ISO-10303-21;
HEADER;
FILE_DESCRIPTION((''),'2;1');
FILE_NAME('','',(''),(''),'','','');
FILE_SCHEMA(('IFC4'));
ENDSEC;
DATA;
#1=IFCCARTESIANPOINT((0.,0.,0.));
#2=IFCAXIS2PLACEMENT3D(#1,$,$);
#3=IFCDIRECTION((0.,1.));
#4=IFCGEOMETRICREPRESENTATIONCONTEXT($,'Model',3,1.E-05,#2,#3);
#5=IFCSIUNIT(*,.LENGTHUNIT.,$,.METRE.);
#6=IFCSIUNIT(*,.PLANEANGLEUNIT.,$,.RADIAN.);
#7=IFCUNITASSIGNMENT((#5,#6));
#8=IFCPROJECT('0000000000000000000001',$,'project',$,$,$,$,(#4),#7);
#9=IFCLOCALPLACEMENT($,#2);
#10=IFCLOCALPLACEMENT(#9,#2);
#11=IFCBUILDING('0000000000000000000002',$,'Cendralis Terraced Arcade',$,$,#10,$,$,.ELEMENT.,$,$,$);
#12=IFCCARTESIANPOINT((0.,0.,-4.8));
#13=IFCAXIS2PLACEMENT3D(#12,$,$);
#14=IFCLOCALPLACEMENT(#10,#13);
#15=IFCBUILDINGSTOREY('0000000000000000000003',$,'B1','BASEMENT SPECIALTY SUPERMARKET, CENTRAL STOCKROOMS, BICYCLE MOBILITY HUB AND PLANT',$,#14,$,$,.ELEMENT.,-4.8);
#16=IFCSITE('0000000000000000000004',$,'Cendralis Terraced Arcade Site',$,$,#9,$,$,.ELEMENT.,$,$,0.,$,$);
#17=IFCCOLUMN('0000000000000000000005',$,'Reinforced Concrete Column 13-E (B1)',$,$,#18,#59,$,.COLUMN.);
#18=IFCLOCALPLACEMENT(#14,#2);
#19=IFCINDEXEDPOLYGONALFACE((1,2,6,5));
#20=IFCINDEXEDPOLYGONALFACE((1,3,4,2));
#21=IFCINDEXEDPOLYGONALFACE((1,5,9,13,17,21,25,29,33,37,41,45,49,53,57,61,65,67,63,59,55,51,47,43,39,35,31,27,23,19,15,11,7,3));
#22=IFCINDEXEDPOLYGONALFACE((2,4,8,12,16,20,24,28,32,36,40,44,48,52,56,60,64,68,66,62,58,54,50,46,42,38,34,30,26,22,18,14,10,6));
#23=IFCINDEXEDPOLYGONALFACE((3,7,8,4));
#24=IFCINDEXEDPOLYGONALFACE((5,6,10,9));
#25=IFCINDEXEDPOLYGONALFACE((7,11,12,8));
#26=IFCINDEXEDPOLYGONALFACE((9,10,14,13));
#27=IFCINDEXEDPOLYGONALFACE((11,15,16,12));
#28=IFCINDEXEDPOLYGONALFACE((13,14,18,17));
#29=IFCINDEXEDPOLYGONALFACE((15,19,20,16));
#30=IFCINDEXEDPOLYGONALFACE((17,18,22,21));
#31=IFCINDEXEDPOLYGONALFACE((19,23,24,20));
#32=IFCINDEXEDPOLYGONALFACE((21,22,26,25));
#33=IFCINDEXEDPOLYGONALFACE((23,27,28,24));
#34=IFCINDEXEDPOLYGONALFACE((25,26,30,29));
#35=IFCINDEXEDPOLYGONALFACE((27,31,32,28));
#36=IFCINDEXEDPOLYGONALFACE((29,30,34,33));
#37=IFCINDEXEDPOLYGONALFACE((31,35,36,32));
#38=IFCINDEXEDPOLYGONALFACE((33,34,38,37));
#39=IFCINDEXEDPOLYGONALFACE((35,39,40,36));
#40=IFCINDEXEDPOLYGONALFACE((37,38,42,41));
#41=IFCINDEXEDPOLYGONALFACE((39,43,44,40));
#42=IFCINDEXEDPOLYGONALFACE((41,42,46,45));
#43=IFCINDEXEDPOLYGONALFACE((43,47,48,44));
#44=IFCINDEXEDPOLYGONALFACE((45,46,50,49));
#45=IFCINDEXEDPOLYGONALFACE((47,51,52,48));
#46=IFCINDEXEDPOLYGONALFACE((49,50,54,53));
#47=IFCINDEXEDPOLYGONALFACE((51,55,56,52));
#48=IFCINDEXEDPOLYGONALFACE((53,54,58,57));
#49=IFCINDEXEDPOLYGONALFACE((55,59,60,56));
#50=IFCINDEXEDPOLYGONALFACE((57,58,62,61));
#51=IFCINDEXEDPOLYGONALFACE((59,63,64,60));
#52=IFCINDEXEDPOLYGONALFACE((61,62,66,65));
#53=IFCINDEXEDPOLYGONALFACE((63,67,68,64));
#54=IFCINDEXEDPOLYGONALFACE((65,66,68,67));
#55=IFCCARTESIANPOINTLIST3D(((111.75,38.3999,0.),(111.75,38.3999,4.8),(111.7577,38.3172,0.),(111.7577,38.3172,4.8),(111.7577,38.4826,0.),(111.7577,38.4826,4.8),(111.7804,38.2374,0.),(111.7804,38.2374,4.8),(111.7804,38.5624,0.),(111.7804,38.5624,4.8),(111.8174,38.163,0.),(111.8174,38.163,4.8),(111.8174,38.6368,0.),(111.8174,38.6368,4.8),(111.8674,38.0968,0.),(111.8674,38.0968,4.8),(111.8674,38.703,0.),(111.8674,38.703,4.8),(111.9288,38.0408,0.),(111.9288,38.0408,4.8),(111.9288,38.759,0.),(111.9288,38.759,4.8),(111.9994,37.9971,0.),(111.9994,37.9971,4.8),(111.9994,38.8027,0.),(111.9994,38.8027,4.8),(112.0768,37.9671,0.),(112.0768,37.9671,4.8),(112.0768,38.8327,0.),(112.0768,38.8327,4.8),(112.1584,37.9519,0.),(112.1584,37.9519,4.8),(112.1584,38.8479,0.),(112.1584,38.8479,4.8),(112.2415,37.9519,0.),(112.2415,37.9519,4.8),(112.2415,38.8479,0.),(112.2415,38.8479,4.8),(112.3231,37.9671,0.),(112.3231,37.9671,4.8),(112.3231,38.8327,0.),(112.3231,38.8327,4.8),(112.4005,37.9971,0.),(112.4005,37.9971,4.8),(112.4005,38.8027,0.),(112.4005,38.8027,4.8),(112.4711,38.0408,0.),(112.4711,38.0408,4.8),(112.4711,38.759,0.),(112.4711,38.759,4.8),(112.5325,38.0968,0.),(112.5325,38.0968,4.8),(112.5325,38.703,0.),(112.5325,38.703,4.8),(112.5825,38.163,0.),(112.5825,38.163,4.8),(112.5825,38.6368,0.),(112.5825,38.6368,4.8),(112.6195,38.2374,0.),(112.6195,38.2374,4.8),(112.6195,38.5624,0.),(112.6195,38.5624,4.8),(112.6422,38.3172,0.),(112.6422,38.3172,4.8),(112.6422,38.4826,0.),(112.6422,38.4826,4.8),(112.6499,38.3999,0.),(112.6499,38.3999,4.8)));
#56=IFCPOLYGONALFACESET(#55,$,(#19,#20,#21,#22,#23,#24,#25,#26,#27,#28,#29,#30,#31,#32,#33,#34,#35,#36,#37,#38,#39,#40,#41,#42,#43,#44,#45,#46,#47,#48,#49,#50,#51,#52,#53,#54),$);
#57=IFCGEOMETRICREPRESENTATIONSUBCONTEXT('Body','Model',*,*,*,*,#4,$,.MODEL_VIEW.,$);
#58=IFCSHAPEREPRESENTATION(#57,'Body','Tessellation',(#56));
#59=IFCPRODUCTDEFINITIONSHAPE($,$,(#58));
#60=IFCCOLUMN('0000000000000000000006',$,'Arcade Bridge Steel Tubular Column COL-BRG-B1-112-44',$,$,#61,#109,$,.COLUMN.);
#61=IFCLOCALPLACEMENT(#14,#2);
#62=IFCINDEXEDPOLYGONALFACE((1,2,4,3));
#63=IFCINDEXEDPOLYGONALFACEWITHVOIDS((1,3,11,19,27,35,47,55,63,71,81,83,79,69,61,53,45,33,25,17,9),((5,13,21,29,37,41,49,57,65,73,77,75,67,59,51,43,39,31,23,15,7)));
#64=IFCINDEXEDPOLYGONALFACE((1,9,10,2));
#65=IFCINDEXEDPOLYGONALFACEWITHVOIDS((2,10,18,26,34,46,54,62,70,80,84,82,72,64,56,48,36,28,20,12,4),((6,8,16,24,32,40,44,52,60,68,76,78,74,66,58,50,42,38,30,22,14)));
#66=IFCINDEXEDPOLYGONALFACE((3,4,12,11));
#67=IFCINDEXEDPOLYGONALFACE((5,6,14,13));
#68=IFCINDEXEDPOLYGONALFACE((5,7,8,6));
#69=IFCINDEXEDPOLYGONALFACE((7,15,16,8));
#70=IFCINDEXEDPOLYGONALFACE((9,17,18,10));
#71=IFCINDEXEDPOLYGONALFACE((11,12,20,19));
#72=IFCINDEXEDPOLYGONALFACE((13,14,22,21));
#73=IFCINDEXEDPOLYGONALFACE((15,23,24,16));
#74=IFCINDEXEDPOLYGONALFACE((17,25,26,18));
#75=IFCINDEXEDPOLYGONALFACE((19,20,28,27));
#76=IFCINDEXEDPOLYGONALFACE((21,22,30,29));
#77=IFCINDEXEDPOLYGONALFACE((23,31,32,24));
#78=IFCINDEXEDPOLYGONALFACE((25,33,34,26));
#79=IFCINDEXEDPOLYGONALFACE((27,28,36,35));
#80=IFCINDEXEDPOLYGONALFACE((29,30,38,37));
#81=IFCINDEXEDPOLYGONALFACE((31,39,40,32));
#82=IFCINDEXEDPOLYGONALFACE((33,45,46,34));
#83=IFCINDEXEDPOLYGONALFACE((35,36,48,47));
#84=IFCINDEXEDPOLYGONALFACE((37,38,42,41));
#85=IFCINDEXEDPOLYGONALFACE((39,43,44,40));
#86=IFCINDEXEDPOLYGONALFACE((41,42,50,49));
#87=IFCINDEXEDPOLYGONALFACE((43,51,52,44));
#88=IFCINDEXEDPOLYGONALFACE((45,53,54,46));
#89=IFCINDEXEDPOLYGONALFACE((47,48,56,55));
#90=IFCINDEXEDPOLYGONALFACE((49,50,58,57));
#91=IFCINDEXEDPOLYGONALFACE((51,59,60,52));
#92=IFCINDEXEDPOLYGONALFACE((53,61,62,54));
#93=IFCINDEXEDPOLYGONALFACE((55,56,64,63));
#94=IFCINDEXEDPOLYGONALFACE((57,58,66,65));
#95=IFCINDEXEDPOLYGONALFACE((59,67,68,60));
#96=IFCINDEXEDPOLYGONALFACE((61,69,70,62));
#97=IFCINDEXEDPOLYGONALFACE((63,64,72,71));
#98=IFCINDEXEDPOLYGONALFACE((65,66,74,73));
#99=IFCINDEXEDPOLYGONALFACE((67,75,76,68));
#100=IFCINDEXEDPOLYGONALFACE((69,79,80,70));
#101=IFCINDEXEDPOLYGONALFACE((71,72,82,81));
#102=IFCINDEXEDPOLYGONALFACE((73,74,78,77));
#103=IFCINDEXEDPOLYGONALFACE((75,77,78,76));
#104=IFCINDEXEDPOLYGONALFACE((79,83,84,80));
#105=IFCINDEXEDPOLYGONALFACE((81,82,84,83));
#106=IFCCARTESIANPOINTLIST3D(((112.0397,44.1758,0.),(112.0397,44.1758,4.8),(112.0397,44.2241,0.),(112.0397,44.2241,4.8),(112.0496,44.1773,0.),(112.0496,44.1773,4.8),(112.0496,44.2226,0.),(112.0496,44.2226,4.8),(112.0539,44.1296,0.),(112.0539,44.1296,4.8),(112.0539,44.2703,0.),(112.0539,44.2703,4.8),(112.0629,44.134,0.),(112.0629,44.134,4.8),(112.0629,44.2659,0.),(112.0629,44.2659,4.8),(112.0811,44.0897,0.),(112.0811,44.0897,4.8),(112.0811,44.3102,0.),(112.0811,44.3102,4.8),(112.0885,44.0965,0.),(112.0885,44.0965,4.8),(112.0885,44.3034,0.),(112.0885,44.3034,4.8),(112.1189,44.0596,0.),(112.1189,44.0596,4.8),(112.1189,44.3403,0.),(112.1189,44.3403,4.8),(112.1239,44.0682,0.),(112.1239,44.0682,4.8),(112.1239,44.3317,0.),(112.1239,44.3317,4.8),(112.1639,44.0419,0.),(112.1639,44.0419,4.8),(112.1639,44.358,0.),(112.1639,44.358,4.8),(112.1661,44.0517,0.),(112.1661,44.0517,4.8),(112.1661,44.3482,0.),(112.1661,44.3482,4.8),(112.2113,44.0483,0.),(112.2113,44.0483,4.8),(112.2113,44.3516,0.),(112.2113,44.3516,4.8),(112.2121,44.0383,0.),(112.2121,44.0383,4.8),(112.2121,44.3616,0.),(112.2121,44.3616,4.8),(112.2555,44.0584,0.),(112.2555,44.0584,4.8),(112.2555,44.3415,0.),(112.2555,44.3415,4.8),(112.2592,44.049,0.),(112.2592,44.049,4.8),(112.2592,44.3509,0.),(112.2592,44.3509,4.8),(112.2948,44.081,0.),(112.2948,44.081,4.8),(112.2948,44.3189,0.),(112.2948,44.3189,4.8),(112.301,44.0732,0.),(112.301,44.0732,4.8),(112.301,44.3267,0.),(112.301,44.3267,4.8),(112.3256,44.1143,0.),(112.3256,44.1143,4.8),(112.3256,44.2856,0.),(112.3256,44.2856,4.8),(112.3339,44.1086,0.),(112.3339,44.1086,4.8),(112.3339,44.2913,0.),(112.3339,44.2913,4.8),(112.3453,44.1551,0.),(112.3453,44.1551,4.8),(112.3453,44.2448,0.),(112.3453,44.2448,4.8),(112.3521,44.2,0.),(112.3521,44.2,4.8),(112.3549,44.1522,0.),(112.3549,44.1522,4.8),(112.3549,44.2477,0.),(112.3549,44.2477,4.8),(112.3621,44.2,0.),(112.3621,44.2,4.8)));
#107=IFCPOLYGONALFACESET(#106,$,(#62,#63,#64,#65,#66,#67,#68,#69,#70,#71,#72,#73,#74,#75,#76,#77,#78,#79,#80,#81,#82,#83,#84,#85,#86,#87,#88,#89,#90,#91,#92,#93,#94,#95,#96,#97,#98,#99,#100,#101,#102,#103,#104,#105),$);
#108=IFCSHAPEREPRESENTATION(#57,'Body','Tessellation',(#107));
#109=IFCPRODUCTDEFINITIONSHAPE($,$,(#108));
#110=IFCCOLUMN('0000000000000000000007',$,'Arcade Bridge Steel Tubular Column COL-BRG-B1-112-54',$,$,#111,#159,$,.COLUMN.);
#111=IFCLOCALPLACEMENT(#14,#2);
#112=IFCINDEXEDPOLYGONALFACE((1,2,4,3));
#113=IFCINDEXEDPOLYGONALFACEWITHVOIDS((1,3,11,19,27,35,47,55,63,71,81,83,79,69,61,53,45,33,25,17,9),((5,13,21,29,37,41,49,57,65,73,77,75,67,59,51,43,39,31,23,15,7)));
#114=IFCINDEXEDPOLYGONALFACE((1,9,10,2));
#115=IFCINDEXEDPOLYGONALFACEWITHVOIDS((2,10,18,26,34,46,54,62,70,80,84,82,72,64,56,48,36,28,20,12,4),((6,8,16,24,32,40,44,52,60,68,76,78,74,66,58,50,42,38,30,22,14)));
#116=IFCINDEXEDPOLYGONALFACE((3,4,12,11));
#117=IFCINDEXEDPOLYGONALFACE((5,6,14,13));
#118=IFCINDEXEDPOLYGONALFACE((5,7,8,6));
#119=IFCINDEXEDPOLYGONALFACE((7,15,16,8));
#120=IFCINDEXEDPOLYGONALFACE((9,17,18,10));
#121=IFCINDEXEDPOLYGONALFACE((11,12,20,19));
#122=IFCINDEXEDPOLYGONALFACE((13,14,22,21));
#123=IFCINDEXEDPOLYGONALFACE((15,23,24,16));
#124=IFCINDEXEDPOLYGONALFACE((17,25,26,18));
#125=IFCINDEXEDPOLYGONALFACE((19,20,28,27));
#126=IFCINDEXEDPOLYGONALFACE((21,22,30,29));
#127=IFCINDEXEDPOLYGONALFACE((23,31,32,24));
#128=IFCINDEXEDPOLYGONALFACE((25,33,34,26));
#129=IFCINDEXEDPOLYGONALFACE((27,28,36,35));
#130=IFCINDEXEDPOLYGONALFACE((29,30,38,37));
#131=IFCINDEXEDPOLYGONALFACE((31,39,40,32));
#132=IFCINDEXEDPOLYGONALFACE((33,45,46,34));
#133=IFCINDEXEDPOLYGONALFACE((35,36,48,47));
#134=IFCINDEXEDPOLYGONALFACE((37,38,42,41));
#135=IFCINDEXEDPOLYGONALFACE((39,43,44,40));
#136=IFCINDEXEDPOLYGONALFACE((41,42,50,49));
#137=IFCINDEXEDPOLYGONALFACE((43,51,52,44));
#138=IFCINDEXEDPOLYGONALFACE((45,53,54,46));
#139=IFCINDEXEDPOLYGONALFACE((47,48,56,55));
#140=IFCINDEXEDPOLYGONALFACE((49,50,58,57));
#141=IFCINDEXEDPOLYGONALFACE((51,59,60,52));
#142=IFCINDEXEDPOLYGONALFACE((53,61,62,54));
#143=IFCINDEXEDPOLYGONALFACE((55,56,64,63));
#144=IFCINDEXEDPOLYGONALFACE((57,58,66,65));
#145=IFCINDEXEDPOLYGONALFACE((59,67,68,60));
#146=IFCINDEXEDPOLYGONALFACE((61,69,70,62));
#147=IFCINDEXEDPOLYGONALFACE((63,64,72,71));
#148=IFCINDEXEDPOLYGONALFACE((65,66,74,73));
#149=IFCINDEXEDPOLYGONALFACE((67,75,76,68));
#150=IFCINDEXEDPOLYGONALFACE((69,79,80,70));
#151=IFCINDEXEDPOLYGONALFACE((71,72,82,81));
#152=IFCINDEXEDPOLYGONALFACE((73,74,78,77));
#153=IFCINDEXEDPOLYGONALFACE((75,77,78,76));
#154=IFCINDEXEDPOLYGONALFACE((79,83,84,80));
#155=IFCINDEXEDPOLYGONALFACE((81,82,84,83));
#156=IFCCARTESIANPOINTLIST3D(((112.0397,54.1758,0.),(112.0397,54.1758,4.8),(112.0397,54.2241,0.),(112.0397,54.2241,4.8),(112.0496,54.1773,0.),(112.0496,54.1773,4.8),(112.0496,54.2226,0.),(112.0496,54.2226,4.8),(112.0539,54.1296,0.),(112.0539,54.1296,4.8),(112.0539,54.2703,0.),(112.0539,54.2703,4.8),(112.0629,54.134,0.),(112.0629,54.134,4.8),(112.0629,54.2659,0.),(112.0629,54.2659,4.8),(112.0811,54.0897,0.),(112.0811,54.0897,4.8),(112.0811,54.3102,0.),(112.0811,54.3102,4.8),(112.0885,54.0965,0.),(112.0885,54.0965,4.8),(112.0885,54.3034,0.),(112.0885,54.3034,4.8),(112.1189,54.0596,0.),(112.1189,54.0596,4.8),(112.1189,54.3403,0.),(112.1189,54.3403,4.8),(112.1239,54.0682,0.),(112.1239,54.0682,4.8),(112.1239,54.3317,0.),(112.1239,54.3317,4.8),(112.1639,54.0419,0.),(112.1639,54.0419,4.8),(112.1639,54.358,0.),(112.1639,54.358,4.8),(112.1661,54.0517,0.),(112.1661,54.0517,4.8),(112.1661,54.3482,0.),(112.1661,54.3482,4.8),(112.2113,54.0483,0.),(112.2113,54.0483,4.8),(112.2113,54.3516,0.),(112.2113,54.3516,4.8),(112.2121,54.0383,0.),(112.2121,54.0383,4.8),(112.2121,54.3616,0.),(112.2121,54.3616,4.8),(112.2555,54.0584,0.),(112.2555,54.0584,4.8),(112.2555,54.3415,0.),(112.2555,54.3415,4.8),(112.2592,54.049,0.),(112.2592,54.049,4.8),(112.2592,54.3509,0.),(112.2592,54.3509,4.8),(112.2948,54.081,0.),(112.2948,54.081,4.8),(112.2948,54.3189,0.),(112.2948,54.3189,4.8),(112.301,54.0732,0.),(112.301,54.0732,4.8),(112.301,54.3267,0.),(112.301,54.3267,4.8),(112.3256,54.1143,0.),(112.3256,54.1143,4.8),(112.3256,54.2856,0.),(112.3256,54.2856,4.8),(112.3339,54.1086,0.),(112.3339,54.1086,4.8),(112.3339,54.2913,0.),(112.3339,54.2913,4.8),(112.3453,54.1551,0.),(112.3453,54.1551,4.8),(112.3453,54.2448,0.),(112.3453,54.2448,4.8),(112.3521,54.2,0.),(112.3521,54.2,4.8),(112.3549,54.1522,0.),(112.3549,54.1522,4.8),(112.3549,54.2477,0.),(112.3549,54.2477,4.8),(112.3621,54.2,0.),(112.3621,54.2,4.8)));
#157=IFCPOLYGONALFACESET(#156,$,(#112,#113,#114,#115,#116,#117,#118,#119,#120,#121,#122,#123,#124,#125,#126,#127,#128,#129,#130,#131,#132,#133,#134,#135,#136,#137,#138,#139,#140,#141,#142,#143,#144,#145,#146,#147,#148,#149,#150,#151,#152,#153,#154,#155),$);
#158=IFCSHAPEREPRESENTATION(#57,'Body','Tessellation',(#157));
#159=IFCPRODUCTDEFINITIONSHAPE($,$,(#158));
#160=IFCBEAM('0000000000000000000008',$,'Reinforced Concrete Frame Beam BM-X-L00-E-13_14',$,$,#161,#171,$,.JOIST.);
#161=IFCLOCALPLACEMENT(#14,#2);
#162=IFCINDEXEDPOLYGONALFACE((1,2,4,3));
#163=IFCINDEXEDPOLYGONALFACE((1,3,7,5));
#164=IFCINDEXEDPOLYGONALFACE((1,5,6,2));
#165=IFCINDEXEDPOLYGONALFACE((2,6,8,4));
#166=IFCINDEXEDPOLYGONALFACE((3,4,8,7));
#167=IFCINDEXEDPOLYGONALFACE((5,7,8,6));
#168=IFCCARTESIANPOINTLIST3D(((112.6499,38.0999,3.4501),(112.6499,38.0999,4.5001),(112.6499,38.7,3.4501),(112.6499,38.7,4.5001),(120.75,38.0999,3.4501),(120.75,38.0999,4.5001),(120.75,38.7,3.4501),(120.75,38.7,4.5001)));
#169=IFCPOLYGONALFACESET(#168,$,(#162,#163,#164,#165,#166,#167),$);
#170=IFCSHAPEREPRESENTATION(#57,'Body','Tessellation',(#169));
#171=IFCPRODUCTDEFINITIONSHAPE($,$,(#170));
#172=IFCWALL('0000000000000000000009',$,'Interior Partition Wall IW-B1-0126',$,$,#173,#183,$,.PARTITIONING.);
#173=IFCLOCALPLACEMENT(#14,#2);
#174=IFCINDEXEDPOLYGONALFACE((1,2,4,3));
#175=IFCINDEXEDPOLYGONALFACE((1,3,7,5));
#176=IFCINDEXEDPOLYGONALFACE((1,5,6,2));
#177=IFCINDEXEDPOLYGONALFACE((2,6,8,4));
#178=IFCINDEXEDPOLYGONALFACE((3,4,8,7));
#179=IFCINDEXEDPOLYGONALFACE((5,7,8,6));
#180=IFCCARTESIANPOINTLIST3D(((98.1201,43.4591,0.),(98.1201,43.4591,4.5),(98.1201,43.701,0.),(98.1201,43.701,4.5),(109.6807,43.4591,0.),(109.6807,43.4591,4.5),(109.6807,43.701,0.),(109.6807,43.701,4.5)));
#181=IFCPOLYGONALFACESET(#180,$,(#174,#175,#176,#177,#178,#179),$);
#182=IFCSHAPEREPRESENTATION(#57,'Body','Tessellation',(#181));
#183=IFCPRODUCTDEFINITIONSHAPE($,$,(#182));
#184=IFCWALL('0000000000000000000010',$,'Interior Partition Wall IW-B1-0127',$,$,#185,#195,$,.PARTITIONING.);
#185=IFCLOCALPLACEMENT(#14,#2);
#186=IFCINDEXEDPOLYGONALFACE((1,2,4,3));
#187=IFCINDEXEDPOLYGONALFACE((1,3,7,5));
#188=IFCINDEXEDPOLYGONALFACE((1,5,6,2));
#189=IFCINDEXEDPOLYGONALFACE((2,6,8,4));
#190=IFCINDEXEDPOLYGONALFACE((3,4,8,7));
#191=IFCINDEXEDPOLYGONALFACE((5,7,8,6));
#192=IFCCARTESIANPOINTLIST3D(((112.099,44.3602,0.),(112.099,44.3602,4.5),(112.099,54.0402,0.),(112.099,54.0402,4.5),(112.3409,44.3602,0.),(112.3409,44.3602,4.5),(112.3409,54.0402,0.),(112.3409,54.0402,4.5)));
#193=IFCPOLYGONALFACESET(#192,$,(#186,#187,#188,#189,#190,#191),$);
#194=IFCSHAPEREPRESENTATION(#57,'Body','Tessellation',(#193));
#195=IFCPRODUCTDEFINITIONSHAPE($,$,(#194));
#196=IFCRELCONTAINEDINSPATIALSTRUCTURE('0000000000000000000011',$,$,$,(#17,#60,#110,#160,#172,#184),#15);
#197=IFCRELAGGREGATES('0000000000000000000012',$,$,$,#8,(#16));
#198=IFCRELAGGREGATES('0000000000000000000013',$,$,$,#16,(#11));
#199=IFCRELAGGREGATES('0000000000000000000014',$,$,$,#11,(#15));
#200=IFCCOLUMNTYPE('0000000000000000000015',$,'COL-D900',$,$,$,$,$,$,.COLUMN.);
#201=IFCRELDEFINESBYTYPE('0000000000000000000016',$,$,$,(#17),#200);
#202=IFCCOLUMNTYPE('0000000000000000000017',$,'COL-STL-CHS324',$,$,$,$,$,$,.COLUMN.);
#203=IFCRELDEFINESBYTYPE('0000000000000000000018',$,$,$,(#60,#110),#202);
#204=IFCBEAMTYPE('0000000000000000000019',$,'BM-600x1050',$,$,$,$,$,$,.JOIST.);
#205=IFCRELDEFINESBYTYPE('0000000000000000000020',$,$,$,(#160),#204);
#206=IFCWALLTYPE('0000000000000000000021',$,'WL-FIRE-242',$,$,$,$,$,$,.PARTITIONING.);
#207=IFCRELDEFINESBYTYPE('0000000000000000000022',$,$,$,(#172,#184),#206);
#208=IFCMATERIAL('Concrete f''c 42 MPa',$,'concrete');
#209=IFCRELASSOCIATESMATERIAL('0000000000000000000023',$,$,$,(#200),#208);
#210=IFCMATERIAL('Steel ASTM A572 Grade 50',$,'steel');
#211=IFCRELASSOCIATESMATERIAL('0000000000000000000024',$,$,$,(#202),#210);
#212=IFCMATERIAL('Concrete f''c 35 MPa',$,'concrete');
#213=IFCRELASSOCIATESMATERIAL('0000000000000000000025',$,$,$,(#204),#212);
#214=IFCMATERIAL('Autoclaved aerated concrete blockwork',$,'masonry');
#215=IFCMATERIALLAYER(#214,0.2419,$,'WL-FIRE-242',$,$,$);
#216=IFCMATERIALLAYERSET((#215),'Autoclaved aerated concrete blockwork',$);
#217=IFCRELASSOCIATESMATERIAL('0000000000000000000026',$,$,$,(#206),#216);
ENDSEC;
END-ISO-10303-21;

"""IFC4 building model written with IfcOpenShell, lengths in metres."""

from ifc_helpers import new_model, si_unit, direction, frame, frame_2d, origin, origin_2d, place, context, subcontext, project, spatial, rectangle, circle, hollow_circle, extrude, material, layer, layer_set, material_profile, profile_set, type_object, element, save


model = new_model("IFC4")

# Units and contexts
model_context = context("Model", 3, precision=1e-05, world=origin(), true_north=direction((0.0, 1.0)))
body_context = subcontext(model_context, "Body", "Model", "MODEL_VIEW")
ifc_project = project(units=[si_unit("LENGTHUNIT", "METRE"), si_unit("PLANEANGLEUNIT", "RADIAN")], contexts=[model_context])

# Site, building, storey
site_placement = place(None, origin())
site = spatial("IfcSite", under=ifc_project, at=site_placement, Name="Cendralis Terraced Arcade Site", CompositionType="ELEMENT", RefElevation=0.0)
building_placement = place(site_placement, origin())
building = spatial("IfcBuilding", under=site, at=building_placement, Name="Cendralis Terraced Arcade", CompositionType="ELEMENT")
storey_placement = place(building_placement, frame((0.0, 0.0, -4.8)))
storey = spatial("IfcBuildingStorey", under=building, at=storey_placement, Name="B1", Description="BASEMENT SPECIALTY SUPERMARKET, CENTRAL STOCKROOMS, BICYCLE MOBILITY HUB AND PLANT", CompositionType="ELEMENT", Elevation=-4.8)

# Shared definitions
ifc_material_1 = material(Name="Concrete f'c 35 MPa", Category="concrete")

# Columns
ifc_material_2 = material(Name="Concrete f'c 42 MPa", Category="concrete")
ifc_material_profile_1 = material_profile(ifc_material_2, circle(Radius=0.45, at=origin_2d()), Name="RC-COL-D900", Category="LoadBearing")
ifc_profile_set_1 = profile_set([ifc_material_profile_1], Name="Concrete f'c 42 MPa")
column_type_1 = type_object("IfcColumnType", Name="COL-D900", PredefinedType="COLUMN", material=ifc_profile_set_1)
column_placement = place(storey_placement, frame((112.2, 38.3999, 0.0), z_axis=(0.0, 0.0, 1.0), x_axis=(1.0, 0.0, 0.0)))
element("IfcColumn", 1, at=column_placement, inside=storey, type_object=column_type_1, Name="Reinforced Concrete Column 13-E (B1)", PredefinedType="COLUMN", context=body_context, shape_type="SweptSolid", body=[
    extrude(circle(Radius=0.45, at=origin_2d()), origin(), (0.0, 0.0, 1.0), 4.8),
])
ifc_material_3 = material(Name="Steel ASTM A572 Grade 50", Category="steel")
ifc_material_profile_2 = material_profile(ifc_material_3, hollow_circle(Radius=0.1621, WallThickness=0.01, at=origin_2d()), Name="CHS324X10", Category="LoadBearing")
ifc_profile_set_2 = profile_set([ifc_material_profile_2], Name="Steel ASTM A572 Grade 50")
column_type_2 = type_object("IfcColumnType", Name="COL-STL-CHS324", PredefinedType="COLUMN", material=ifc_profile_set_2)
for number, where, z_axis, x_axis, name in (
    (2, (112.2, 44.2, 0.0), (0.0, 0.0, 1.0), (1.0, 0.0, 0.0), "Arcade Bridge Steel Tubular Column COL-BRG-B1-112-44"),
    (3, (112.2, 54.2, 0.0), (0.0, 0.0, 1.0), (1.0, 0.0, 0.0), "Arcade Bridge Steel Tubular Column COL-BRG-B1-112-54"),
):
    element("IfcColumn", number, at=place(storey_placement, frame(where, z_axis=z_axis, x_axis=x_axis)), inside=storey, type_object=column_type_2, Name=name, PredefinedType="COLUMN", context=body_context, shape_type="SweptSolid", body=[
        extrude(hollow_circle(Radius=0.1621, WallThickness=0.01, at=origin_2d()), origin(), (0.0, 0.0, 1.0), 4.8),
    ])

# Beam
ifc_material_profile_3 = material_profile(ifc_material_1, rectangle(XDim=0.6001, YDim=1.05, at=origin_2d()), Name="RC-BM-600x1050", Category="LoadBearing")
ifc_profile_set_3 = profile_set([ifc_material_profile_3], Name="Concrete f'c 35 MPa")
beam_type = type_object("IfcBeamType", Name="BM-600x1050", PredefinedType="JOIST", material=ifc_profile_set_3)
beam_placement = place(storey_placement, frame((112.6499, 38.3999, 3.9751), z_axis=(1.0, 0.0, 0.0), x_axis=(0.0, 1.0, 0.0)))
element("IfcBeam", 4, at=beam_placement, inside=storey, type_object=beam_type, Name="Reinforced Concrete Frame Beam BM-X-L00-E-13_14", PredefinedType="JOIST", context=body_context, shape_type="SweptSolid", body=[
    extrude(rectangle(XDim=0.6001, YDim=1.05, at=origin_2d()), origin(), (0.0, 0.0, 1.0), 8.1001),
])

# Walls
ifc_material_4 = material(Name="Autoclaved aerated concrete blockwork", Category="masonry")
ifc_layer_1 = layer(ifc_material_4, 0.2419, Name="WL-FIRE-242")
ifc_layer_set_1 = layer_set([ifc_layer_1], Name="Autoclaved aerated concrete blockwork")
wall_type_1 = type_object("IfcWallType", Name="WL-FIRE-242", PredefinedType="PARTITIONING", material=ifc_layer_set_1)
wall_1_placement = place(storey_placement, frame((109.6807, 43.5801, 0.0), z_axis=(0.0, 0.0, 1.0), x_axis=(-1.0, 0.0, 0.0)))
element("IfcWall", 5, at=wall_1_placement, inside=storey, type_object=wall_type_1, Name="Interior Partition Wall IW-B1-0126", PredefinedType="PARTITIONING", context=body_context, shape_type="SweptSolid", body=[
    extrude(rectangle(XDim=11.5605, YDim=0.2419, at=frame_2d((5.7803, 0.0))), origin(), (0.0, 0.0, 1.0), 4.5),
])
wall_2_placement = place(storey_placement, frame((112.22, 54.04, 0.0), z_axis=(0.0, 0.0, 1.0), x_axis=(0.0, -1.0, 0.0)))
element("IfcWall", 6, at=wall_2_placement, inside=storey, type_object=wall_type_1, Name="Interior Partition Wall IW-B1-0127", PredefinedType="PARTITIONING", context=body_context, shape_type="SweptSolid", body=[
    extrude(rectangle(XDim=9.6799, YDim=0.2419, at=frame_2d((4.8398, 0.0))), origin(), (0.0, 0.0, 1.0), 4.5),
])

save(model, "model.ifc")
